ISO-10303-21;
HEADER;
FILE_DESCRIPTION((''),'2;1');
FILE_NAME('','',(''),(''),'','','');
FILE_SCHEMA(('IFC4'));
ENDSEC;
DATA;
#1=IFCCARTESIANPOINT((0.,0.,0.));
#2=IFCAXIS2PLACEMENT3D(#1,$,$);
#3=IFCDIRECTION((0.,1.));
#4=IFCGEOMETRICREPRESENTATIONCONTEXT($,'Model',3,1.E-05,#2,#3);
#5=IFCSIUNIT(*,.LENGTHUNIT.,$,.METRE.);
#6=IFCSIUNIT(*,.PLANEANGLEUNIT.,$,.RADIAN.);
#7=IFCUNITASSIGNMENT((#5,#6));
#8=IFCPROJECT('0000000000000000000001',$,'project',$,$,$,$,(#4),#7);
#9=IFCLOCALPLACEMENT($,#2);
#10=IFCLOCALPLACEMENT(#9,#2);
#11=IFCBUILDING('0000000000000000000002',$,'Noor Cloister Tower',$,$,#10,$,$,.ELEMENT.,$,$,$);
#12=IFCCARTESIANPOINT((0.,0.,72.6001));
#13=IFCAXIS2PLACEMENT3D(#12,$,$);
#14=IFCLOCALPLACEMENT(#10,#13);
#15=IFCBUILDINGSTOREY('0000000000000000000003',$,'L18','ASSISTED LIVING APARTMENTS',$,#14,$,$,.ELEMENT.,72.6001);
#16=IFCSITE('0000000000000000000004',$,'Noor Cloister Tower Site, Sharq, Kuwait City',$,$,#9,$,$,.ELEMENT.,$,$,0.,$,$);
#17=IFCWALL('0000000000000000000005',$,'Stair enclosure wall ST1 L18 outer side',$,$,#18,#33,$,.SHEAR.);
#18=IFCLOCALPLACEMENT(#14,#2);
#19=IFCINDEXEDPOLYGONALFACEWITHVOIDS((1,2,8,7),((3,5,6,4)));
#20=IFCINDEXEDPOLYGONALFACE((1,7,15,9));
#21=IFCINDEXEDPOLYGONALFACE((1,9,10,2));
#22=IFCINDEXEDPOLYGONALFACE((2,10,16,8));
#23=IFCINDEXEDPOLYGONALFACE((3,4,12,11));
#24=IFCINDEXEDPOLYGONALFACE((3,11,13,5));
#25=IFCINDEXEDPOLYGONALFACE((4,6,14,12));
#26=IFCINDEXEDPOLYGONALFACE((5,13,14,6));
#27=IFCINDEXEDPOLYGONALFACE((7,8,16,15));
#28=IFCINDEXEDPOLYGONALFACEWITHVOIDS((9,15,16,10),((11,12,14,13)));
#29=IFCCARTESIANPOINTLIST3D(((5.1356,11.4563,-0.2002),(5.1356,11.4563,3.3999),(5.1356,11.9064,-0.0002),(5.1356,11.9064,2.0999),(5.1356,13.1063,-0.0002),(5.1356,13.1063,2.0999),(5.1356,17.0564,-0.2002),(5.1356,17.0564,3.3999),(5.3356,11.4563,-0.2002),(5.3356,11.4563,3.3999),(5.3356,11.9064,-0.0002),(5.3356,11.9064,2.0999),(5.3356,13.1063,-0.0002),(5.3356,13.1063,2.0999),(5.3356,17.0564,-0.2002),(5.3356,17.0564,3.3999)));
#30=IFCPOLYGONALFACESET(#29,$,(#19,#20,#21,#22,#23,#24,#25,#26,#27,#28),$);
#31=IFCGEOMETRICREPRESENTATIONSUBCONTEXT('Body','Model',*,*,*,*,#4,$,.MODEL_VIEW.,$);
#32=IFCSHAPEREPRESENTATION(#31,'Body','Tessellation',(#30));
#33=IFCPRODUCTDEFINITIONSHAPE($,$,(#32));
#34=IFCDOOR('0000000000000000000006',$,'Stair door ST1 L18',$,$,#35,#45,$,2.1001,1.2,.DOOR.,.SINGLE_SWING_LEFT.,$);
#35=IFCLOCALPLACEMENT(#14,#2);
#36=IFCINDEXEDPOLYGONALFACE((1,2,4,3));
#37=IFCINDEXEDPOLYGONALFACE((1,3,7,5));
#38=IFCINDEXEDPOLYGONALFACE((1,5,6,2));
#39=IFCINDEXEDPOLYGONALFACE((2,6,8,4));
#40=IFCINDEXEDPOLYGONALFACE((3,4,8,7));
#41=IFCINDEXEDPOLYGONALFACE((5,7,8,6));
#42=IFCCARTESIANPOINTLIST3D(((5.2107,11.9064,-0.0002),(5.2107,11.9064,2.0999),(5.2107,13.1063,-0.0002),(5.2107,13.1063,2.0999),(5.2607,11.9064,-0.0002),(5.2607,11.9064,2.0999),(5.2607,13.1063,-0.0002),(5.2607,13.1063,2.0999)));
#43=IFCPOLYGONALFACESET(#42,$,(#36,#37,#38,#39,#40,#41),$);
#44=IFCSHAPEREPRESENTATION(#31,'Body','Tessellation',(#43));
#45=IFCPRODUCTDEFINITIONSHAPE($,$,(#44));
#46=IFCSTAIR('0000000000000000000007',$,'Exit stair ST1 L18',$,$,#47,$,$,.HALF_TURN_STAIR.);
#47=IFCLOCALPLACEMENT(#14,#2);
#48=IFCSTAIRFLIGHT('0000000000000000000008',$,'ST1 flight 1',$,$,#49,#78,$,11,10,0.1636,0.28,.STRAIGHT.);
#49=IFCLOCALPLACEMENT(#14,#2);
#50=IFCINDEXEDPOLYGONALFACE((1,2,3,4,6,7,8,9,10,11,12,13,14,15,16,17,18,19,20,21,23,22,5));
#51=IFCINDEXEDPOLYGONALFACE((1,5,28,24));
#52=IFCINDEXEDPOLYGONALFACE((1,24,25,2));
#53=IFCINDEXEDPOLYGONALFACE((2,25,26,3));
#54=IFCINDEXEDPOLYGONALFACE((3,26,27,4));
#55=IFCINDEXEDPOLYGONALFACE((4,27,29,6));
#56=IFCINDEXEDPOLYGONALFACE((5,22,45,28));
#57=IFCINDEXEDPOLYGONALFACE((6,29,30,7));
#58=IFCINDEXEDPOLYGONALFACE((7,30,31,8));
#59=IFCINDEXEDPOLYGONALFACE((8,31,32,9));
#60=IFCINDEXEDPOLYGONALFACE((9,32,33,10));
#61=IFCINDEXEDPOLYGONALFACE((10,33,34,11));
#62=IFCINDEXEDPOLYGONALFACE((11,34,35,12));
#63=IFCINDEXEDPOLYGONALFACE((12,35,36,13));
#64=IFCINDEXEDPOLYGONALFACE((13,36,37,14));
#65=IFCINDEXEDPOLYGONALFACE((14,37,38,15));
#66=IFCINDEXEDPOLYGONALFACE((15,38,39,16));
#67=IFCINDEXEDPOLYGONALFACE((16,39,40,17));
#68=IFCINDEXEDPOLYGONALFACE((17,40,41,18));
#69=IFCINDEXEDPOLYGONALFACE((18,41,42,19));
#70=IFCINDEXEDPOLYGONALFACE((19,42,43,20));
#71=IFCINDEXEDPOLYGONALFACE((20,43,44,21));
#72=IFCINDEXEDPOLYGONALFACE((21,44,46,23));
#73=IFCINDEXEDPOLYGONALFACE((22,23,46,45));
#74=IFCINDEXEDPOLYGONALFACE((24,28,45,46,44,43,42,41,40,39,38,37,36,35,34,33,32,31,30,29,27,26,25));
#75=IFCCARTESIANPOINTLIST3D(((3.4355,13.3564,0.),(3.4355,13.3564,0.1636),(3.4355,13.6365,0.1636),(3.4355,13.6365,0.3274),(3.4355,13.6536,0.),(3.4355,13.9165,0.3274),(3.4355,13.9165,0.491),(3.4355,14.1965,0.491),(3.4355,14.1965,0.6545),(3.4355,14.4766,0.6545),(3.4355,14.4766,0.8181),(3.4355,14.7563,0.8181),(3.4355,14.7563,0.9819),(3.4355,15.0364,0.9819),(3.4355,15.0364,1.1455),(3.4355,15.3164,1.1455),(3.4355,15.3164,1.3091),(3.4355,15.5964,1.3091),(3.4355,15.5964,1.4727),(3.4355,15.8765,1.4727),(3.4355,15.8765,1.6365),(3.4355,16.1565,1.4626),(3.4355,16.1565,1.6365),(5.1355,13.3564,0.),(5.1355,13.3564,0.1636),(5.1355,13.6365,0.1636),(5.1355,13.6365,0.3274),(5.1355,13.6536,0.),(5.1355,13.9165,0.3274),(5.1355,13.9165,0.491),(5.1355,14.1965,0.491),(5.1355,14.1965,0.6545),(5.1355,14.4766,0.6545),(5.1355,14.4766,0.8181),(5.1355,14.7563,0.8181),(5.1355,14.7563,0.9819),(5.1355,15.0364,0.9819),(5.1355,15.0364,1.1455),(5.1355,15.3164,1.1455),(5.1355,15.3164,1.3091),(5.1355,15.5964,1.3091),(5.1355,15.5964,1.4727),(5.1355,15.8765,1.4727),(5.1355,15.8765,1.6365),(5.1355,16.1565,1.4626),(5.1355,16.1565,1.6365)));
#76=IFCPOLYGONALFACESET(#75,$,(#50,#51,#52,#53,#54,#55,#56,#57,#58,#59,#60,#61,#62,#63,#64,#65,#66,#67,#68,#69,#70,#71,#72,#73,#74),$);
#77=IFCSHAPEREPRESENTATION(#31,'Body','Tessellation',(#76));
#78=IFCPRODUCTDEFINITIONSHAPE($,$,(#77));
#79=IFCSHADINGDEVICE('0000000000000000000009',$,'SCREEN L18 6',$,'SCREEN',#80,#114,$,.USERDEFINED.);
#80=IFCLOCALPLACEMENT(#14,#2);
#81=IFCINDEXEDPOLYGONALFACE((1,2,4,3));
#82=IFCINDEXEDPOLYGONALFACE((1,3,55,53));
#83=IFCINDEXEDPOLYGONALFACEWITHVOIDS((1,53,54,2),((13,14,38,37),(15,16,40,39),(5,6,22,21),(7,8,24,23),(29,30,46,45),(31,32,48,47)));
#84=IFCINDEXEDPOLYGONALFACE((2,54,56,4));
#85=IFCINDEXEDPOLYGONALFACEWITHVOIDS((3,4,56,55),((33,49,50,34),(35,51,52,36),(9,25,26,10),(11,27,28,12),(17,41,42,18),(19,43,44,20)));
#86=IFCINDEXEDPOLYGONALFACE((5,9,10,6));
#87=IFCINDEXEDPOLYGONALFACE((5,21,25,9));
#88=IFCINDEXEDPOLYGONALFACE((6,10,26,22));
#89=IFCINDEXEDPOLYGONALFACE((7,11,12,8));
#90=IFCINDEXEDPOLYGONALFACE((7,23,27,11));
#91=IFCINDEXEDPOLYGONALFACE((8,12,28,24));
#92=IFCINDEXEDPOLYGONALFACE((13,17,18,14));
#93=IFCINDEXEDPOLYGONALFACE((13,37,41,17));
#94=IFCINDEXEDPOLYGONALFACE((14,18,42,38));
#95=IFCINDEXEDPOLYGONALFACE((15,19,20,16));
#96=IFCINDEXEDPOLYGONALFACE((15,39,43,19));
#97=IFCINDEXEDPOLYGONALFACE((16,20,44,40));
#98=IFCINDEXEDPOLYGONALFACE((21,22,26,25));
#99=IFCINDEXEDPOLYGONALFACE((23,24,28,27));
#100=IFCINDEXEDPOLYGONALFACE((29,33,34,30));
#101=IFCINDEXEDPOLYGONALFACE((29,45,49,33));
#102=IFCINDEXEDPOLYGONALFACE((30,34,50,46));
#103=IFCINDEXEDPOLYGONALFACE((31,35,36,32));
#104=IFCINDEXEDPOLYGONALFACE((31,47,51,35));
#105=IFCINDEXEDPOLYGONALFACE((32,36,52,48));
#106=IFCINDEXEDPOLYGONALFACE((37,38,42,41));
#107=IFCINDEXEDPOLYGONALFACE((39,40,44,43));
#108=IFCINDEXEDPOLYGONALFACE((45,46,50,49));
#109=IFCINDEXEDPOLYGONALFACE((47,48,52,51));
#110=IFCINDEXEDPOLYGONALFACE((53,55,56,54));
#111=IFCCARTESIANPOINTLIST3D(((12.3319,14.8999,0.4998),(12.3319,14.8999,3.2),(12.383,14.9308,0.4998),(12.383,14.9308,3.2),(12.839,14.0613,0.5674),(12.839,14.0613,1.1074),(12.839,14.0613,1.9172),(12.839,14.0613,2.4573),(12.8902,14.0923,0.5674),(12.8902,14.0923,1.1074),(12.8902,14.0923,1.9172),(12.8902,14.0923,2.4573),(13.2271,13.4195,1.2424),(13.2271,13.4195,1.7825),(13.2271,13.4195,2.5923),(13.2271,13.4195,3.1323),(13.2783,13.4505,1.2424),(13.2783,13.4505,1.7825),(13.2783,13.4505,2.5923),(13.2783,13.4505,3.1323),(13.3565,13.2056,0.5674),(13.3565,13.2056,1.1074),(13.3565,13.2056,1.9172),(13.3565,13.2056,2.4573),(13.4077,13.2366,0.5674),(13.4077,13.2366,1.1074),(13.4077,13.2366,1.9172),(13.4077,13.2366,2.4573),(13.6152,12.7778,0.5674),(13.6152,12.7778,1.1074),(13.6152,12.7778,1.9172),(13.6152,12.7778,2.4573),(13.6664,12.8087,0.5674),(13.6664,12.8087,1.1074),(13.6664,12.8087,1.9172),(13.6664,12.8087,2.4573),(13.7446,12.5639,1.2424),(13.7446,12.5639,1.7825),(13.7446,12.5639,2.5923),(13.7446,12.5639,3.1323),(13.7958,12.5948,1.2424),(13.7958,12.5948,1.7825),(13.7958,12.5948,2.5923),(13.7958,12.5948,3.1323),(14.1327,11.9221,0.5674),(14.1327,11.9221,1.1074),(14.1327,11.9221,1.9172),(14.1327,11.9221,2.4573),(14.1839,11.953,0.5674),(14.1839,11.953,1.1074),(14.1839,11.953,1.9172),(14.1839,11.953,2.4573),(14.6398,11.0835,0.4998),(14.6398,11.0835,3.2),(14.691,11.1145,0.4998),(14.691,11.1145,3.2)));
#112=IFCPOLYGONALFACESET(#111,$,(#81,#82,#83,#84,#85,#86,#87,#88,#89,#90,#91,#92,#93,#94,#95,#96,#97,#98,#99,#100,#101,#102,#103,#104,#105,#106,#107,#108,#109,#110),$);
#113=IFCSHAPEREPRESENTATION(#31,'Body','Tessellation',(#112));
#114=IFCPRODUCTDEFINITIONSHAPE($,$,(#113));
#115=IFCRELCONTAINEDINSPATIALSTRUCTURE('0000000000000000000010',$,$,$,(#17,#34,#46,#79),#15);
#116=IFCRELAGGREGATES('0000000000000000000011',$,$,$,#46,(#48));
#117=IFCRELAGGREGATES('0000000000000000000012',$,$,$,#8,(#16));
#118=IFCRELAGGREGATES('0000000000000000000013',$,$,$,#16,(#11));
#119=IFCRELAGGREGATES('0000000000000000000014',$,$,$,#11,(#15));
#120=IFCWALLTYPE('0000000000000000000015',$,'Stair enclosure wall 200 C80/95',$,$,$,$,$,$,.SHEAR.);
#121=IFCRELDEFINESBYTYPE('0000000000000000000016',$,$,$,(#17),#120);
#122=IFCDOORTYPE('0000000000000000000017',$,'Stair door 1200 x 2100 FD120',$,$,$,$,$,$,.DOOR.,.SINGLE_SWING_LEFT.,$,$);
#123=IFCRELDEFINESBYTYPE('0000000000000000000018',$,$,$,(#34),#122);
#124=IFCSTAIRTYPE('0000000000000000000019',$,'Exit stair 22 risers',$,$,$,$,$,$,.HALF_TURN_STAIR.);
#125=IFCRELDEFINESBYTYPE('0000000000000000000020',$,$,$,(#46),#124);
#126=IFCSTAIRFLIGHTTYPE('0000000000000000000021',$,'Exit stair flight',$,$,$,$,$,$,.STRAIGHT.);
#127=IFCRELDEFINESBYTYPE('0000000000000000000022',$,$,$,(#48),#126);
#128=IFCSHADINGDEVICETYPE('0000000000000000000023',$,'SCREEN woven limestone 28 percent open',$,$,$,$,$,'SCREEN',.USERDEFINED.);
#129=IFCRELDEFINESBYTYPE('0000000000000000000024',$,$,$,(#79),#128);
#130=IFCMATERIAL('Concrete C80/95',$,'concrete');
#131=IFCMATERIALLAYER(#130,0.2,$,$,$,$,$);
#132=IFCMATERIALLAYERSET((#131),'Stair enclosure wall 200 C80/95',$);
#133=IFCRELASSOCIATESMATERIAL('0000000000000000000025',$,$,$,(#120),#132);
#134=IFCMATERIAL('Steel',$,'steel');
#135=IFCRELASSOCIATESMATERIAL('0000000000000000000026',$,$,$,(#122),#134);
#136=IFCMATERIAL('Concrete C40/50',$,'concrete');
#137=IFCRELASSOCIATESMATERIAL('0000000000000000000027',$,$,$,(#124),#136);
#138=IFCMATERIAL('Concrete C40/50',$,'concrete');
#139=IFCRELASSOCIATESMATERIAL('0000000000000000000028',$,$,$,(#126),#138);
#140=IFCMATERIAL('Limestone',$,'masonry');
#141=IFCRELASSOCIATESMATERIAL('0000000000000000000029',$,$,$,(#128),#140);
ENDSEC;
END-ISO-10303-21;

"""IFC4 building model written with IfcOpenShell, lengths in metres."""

from ifc_helpers import new_model, si_unit, direction, frame, frame_2d, origin, place, context, subcontext, project, spatial, polyline, rectangle, outline, extrude, material, layer, layer_set, material_profile, profile_set, type_object, element, fill, aggregate, save


model = new_model("IFC4")

# Units and contexts
model_context = context("Model", 3, precision=1e-05, world=origin(), true_north=direction((0.0, 1.0)))
body_context = subcontext(model_context, "Body", "Model", "MODEL_VIEW")
ifc_project = project(units=[si_unit("LENGTHUNIT", "METRE"), si_unit("PLANEANGLEUNIT", "RADIAN")], contexts=[model_context])

# Site, building, storey
site_placement = place(None, origin())
site = spatial("IfcSite", under=ifc_project, at=site_placement, Name="Noor Cloister Tower Site, Sharq, Kuwait City", CompositionType="ELEMENT", RefElevation=0.0)
building_placement = place(site_placement, origin())
building = spatial("IfcBuilding", under=site, at=building_placement, Name="Noor Cloister Tower", CompositionType="ELEMENT")
storey_placement = place(building_placement, frame((0.0, 0.0, 72.6001)))
storey = spatial("IfcBuildingStorey", under=building, at=storey_placement, Name="L18", Description="ASSISTED LIVING APARTMENTS", CompositionType="ELEMENT", Elevation=72.6001)

# Wall, opening, door
ifc_material_1 = material(Name="Concrete C80/95", Category="concrete")
ifc_layer_1 = layer(ifc_material_1, 0.2)
ifc_layer_set_1 = layer_set([ifc_layer_1], Name="Stair enclosure wall 200 C80/95")
wall_type_1 = type_object("IfcWallType", Name="Stair enclosure wall 200 C80/95", PredefinedType="SHEAR", material=ifc_layer_set_1)
ifc_material_2 = material(Name="Steel", Category="steel")
door_type_1 = type_object("IfcDoorType", Name="Stair door 1200 x 2100 FD120", OperationType="SINGLE_SWING_LEFT", PredefinedType="DOOR", material=ifc_material_2)
wall_1_placement = place(storey_placement, frame((5.2356, 11.4563, -0.2002), z_axis=(0.0, 0.0, 1.0), x_axis=(0.0, 1.0, 0.0)))
wall_1 = element("IfcWall", 1, at=wall_1_placement, inside=storey, type_object=wall_type_1, Name="Stair enclosure wall ST1 L18 outer side", PredefinedType="SHEAR", context=body_context, shape_type="SweptSolid", body=[
    extrude(rectangle(XDim=5.6001, YDim=0.2, at=frame_2d((2.8, 0.0))), origin(), (0.0, 0.0, 1.0), 3.6001),
])
opening_1_placement = place(wall_1_placement, frame((0.45, 0.0, 0.2)))
opening_1 = element("IfcOpeningElement", 2, at=opening_1_placement, cuts=wall_1, PredefinedType="OPENING", context=body_context, shape_type="SweptSolid", body=[
    extrude(rectangle(XDim=1.2, YDim=2.1001, at=frame_2d((0.6001, 1.05))), frame((0.0, 0.1099, 0.0), z_axis=(0.0, -1.0, 0.0), x_axis=(1.0, 0.0, 0.0)), (0.0, 0.0, 1.0), 0.22),
])
door_1_placement = place(opening_1_placement, origin())
door_1 = element("IfcDoor", 3, at=door_1_placement, inside=storey, type_object=door_type_1, Name="Stair door ST1 L18", OperationType="SINGLE_SWING_LEFT", OverallHeight=2.1001, OverallWidth=1.2, PredefinedType="DOOR", context=body_context, shape_type="SweptSolid", body=[
    extrude(rectangle(XDim=1.2, YDim=2.1001, at=frame_2d((0.6001, 1.05))), frame((0.0, 0.0249, 0.0), z_axis=(0.0, -1.0, 0.0), x_axis=(1.0, 0.0, 0.0)), (0.0, 0.0, 1.0), 0.05),
])
fill(opening_1, door_1)

# Stair, stair flight
ifc_material_3 = material(Name="Concrete C40/50", Category="concrete")
stair_type = type_object("IfcStairType", Name="Exit stair 22 risers", PredefinedType="HALF_TURN_STAIR", material=ifc_material_3)
stair_placement = place(storey_placement, origin())
stair = element("IfcStair", 4, at=stair_placement, inside=storey, type_object=stair_type, Name="Exit stair ST1 L18", PredefinedType="HALF_TURN_STAIR")
ifc_material_4 = material(Name="Concrete C40/50", Category="concrete")
stair_flight_type = type_object("IfcStairFlightType", Name="Exit stair flight", PredefinedType="STRAIGHT", material=ifc_material_4)
stair_flight_placement = place(storey_placement, frame((4.2856, 13.3564, 0.0), z_axis=(0.0, 0.0, 1.0), x_axis=(0.0, 1.0, 0.0)))
stair_flight = element("IfcStairFlight", 5, at=stair_flight_placement, type_object=stair_flight_type, Name="ST1 flight 1", NumberOfRisers=11, NumberOfTreads=10, PredefinedType="STRAIGHT", RiserHeight=0.1636, TreadLength=0.28, context=body_context, shape_type="SweptSolid", body=[
    extrude(outline(polyline([(0.0, 0.0), (0.0, 0.1636), (0.28, 0.1636), (0.28, 0.3274), (0.5601, 0.3274), (0.5601, 0.491), (0.8401, 0.491), (0.8401, 0.6545), (1.1201, 0.6545), (1.1201, 0.8181), (1.3999, 0.8181), (1.3999, 0.9819), (1.6799, 0.9819), (1.6799, 1.1455), (1.96, 1.1455), (1.96, 1.3091), (2.24, 1.3091), (2.24, 1.4727), (2.52, 1.4727), (2.52, 1.6365), (2.8, 1.6365), (2.8, 1.8), (2.8, 1.4626), (0.2971, 0.0), (0.0, 0.0)])), frame((0.0, 0.8501, 0.0), z_axis=(0.0, -1.0, 0.0), x_axis=(1.0, 0.0, 0.0)), (0.0, 0.0, 1.0), 1.7),
])
aggregate(stair, [stair_flight])

# Shading device
ifc_material_5 = material(Name="Limestone", Category="masonry")
ifc_material_profile_1 = material_profile(ifc_material_5, outline(polyline([(-2.23, -1.3501), (2.23, -1.3501), (2.23, 1.3501), (-2.23, 1.3501), (-2.23, -1.3501)]), holes=[polyline([(-1.25, -1.2825), (-0.25, -1.2825), (-0.25, -0.7424), (-1.25, -0.7424), (-1.25, -1.2825)]), polyline([(0.25, -1.2825), (1.25, -1.2825), (1.25, -0.7424), (0.25, -0.7424), (0.25, -1.2825)]), polyline([(-0.5, -0.6074), (0.5, -0.6074), (0.5, -0.0674), (-0.5, -0.0674), (-0.5, -0.6074)]), polyline([(-1.25, 0.0674), (-0.25, 0.0674), (-0.25, 0.6074), (-1.25, 0.6074), (-1.25, 0.0674)]), polyline([(0.25, 0.0674), (1.25, 0.0674), (1.25, 0.6074), (0.25, 0.6074), (0.25, 0.0674)]), polyline([(-0.5, 0.7424), (0.5, 0.7424), (0.5, 1.2825), (-0.5, 1.2825), (-0.5, 0.7424)])]), Name="Woven screen 28 percent open")
ifc_profile_set_1 = profile_set([ifc_material_profile_1], Name="Limestone")
shading_device_type = type_object("IfcShadingDeviceType", Name="SCREEN woven limestone 28 percent open", ElementType="SCREEN", PredefinedType="USERDEFINED", material=ifc_profile_set_1)
shading_device_placement = place(storey_placement, frame((13.4858, 12.9917, 1.8499), z_axis=(0.85569, 0.517489, 0.0), x_axis=(-0.517489, 0.85569, 0.0)))
element("IfcShadingDevice", 6, at=shading_device_placement, inside=storey, type_object=shading_device_type, Name="SCREEN L18 6", ObjectType="SCREEN", PredefinedType="USERDEFINED", context=body_context, shape_type="SweptSolid", body=[
    extrude(outline(polyline([(-2.23, -1.3501), (2.23, -1.3501), (2.23, 1.3501), (-2.23, 1.3501), (-2.23, -1.3501)]), holes=[polyline([(-1.25, -1.2825), (-0.25, -1.2825), (-0.25, -0.7424), (-1.25, -0.7424), (-1.25, -1.2825)]), polyline([(0.25, -1.2825), (1.25, -1.2825), (1.25, -0.7424), (0.25, -0.7424), (0.25, -1.2825)]), polyline([(-0.5, -0.6074), (0.5, -0.6074), (0.5, -0.0674), (-0.5, -0.0674), (-0.5, -0.6074)]), polyline([(-1.25, 0.0674), (-0.25, 0.0674), (-0.25, 0.6074), (-1.25, 0.6074), (-1.25, 0.0674)]), polyline([(0.25, 0.0674), (1.25, 0.0674), (1.25, 0.6074), (0.25, 0.6074), (0.25, 0.0674)]), polyline([(-0.5, 0.7424), (0.5, 0.7424), (0.5, 1.2825), (-0.5, 1.2825), (-0.5, 0.7424)])]), origin(), (0.0, 0.0, 1.0), 0.0598),
])

save(model, "model.ifc")
